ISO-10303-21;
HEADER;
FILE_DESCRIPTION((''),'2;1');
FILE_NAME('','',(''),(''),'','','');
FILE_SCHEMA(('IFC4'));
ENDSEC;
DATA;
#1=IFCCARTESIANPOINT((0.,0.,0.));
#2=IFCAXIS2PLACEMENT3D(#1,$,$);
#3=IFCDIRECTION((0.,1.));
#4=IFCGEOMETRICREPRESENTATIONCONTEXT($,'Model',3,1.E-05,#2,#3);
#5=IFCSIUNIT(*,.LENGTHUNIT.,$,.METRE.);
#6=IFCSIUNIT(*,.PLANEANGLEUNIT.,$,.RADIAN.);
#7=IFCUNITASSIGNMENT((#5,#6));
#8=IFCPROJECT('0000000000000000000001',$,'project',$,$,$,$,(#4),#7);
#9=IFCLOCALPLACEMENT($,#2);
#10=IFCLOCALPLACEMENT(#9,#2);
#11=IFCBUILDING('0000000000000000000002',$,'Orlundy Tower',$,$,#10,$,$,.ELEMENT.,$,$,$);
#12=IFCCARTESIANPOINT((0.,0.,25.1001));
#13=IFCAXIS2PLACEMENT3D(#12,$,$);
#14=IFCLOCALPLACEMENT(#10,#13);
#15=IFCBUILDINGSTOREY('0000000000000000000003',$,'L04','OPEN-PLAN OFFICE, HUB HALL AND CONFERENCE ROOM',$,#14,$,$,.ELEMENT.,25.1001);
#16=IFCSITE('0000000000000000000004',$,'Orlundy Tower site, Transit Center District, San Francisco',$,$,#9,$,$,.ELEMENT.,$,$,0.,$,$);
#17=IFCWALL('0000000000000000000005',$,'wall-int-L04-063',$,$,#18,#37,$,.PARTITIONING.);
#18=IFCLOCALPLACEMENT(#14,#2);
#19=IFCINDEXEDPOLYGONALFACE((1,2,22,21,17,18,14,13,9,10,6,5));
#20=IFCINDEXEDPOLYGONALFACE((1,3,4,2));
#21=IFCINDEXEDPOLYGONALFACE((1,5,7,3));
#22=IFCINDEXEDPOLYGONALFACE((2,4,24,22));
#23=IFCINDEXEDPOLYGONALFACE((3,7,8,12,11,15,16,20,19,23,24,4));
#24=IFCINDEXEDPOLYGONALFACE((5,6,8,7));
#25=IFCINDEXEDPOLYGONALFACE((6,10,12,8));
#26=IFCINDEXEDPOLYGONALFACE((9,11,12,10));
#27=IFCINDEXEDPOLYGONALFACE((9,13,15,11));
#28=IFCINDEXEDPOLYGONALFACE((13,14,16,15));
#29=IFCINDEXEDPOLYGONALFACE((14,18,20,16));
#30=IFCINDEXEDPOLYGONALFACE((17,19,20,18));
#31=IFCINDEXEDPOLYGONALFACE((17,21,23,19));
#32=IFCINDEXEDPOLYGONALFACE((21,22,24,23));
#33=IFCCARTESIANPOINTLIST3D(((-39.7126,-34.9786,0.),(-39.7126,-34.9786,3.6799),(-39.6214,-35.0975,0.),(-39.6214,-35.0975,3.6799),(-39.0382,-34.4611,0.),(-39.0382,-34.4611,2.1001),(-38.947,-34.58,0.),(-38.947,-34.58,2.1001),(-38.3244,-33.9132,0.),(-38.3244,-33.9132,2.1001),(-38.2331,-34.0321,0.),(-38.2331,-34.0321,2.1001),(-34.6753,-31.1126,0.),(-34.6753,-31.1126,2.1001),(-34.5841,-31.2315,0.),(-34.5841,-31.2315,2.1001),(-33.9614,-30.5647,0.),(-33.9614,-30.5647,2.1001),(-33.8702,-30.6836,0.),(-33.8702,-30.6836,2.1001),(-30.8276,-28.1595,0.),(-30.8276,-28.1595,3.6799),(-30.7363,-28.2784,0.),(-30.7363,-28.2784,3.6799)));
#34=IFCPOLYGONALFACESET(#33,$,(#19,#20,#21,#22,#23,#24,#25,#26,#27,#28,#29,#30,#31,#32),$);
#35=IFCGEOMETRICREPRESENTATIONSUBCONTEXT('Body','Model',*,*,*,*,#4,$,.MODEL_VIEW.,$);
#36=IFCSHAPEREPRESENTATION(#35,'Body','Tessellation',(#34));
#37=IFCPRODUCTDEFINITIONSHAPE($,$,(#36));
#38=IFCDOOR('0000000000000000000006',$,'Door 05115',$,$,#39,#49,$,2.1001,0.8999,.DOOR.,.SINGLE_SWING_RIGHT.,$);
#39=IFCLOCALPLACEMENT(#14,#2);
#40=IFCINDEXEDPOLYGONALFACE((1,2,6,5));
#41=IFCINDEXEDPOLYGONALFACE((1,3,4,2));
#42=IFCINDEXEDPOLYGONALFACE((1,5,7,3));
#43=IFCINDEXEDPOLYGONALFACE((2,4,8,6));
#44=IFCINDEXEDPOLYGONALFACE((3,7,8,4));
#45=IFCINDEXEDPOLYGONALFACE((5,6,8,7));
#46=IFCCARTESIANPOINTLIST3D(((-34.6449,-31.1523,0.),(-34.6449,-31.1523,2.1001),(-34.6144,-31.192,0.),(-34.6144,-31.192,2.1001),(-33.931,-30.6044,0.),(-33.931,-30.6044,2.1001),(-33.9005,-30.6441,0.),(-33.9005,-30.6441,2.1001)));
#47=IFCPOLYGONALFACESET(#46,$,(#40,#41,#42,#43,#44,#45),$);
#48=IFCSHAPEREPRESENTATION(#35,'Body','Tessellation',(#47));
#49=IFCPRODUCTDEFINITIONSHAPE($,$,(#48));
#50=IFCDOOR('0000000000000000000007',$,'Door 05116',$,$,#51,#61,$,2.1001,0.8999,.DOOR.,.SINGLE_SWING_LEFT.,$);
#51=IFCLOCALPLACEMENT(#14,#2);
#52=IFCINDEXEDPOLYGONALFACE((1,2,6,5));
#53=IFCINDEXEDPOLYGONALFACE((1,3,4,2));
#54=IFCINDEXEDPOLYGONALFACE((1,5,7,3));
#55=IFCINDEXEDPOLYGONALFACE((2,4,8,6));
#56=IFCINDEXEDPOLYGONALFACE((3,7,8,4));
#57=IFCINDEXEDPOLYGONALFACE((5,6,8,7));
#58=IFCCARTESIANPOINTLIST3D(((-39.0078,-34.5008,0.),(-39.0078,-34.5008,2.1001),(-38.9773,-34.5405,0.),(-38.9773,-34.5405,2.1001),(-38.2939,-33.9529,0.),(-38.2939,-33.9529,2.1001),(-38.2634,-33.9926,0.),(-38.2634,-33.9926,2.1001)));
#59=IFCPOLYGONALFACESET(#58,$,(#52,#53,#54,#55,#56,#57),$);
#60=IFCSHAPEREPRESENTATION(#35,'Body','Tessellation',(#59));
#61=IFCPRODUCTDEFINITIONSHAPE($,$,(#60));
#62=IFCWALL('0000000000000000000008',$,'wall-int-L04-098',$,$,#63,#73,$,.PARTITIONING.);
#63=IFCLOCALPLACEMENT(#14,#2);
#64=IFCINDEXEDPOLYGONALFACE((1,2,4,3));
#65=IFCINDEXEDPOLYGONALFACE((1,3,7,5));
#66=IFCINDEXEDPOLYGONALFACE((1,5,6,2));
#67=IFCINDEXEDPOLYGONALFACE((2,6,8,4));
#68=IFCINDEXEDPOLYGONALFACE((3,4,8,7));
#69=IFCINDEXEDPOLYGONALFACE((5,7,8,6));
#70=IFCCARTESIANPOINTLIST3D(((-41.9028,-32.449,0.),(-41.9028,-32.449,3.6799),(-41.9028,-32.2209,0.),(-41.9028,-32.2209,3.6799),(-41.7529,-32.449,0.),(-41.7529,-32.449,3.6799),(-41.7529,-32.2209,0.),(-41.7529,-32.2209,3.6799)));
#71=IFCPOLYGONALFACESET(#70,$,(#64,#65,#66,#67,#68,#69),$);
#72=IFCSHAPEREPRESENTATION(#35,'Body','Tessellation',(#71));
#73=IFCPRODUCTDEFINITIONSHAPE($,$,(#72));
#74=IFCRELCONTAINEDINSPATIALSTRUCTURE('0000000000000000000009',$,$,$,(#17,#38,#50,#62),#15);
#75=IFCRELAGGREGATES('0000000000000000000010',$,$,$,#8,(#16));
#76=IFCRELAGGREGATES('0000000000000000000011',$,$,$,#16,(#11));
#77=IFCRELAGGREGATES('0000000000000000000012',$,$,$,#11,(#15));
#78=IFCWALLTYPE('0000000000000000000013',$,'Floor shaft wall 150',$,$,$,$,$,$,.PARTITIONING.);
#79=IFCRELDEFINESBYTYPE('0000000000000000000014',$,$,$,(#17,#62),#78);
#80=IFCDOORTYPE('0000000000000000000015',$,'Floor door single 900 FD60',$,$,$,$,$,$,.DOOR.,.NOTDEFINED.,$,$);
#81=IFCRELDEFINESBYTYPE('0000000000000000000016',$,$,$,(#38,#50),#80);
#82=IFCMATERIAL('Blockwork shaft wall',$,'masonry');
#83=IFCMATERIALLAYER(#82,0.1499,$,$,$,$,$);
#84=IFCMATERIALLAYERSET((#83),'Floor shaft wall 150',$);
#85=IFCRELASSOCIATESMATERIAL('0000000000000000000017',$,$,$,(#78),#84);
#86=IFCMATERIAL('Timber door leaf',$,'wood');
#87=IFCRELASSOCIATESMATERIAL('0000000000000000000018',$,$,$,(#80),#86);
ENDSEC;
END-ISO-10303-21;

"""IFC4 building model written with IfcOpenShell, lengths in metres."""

from ifc_helpers import new_model, si_unit, direction, frame, frame_2d, origin, place, context, subcontext, project, spatial, rectangle, extrude, material, layer, layer_set, type_object, element, fill, save


model = new_model("IFC4")

# Units and contexts
model_context = context("Model", 3, precision=1e-05, world=origin(), true_north=direction((0.0, 1.0)))
body_context = subcontext(model_context, "Body", "Model", "MODEL_VIEW")
ifc_project = project(units=[si_unit("LENGTHUNIT", "METRE"), si_unit("PLANEANGLEUNIT", "RADIAN")], contexts=[model_context])

# Site, building, storey
site_placement = place(None, origin())
site = spatial("IfcSite", under=ifc_project, at=site_placement, Name="Orlundy Tower site, Transit Center District, San Francisco", CompositionType="ELEMENT", RefElevation=0.0)
building_placement = place(site_placement, origin())
building = spatial("IfcBuilding", under=site, at=building_placement, Name="Orlundy Tower", CompositionType="ELEMENT")
storey_placement = place(building_placement, frame((0.0, 0.0, 25.1001)))
storey = spatial("IfcBuildingStorey", under=building, at=storey_placement, Name="L04", Description="OPEN-PLAN OFFICE, HUB HALL AND CONFERENCE ROOM", CompositionType="ELEMENT", Elevation=25.1001)

# Shared definitions
ifc_material_1 = material(Name="Blockwork shaft wall", Category="masonry")
ifc_layer_1 = layer(ifc_material_1, 0.1499)
ifc_layer_set_1 = layer_set([ifc_layer_1], Name="Floor shaft wall 150")
wall_type_1 = type_object("IfcWallType", Name="Floor shaft wall 150", PredefinedType="PARTITIONING", material=ifc_layer_set_1)

# Wall, openings, doors
wall_1_placement = place(storey_placement, frame((-39.667, -35.0381, 0.0), z_axis=(0.0, 0.0, 1.0), x_axis=(0.793294, 0.608839, 0.0)))
wall_1 = element("IfcWall", 1, at=wall_1_placement, inside=storey, type_object=wall_type_1, Name="wall-int-L04-063", PredefinedType="PARTITIONING", context=body_context, shape_type="SweptSolid", body=[
    extrude(rectangle(XDim=11.2002, YDim=0.1499, at=frame_2d((5.6001, 0.0))), origin(), (0.0, 0.0, 1.0), 3.6799),
])
opening_1_placement = place(wall_1_placement, frame((6.3499, 0.0, 0.0)))
opening_1 = element("IfcOpeningElement", 2, at=opening_1_placement, cuts=wall_1, PredefinedType="OPENING", context=body_context, shape_type="SweptSolid", body=[
    extrude(rectangle(XDim=0.8999, YDim=2.1001, at=frame_2d((0.45, 1.05))), frame((0.0, 0.085, 0.0), z_axis=(0.0, -1.0, 0.0), x_axis=(1.0, 0.0, 0.0)), (0.0, 0.0, 1.0), 0.1699),
])
opening_2_placement = place(wall_1_placement, frame((0.8501, 0.0, 0.0)))
opening_2 = element("IfcOpeningElement", 3, at=opening_2_placement, cuts=wall_1, PredefinedType="OPENING", context=body_context, shape_type="SweptSolid", body=[
    extrude(rectangle(XDim=0.8999, YDim=2.1001, at=frame_2d((0.45, 1.05))), frame((0.0, 0.085, 0.0), z_axis=(0.0, -1.0, 0.0), x_axis=(1.0, 0.0, 0.0)), (0.0, 0.0, 1.0), 0.1699),
])
ifc_material_2 = material(Name="Timber door leaf", Category="wood")
door_type_1 = type_object("IfcDoorType", Name="Floor door single 900 FD60", OperationType="NOTDEFINED", PredefinedType="DOOR", material=ifc_material_2)
door_1_placement = place(opening_1_placement, origin())
door_1 = element("IfcDoor", 4, at=door_1_placement, inside=storey, type_object=door_type_1, Name="Door 05115", OperationType="SINGLE_SWING_RIGHT", OverallHeight=2.1001, OverallWidth=0.8999, PredefinedType="DOOR", context=body_context, shape_type="SweptSolid", body=[
    extrude(rectangle(XDim=0.8999, YDim=2.1001, at=frame_2d((0.45, 1.05))), frame((0.0, 0.0249, 0.0), z_axis=(0.0, -1.0, 0.0), x_axis=(1.0, 0.0, 0.0)), (0.0, 0.0, 1.0), 0.05),
])
fill(opening_1, door_1)
door_2_placement = place(opening_2_placement, origin())
door_2 = element("IfcDoor", 5, at=door_2_placement, inside=storey, type_object=door_type_1, Name="Door 05116", OperationType="SINGLE_SWING_LEFT", OverallHeight=2.1001, OverallWidth=0.8999, PredefinedType="DOOR", context=body_context, shape_type="SweptSolid", body=[
    extrude(rectangle(XDim=0.8999, YDim=2.1001, at=frame_2d((0.45, 1.05))), frame((0.0, 0.0249, 0.0), z_axis=(0.0, -1.0, 0.0), x_axis=(1.0, 0.0, 0.0)), (0.0, 0.0, 1.0), 0.05),
])
fill(opening_2, door_2)

# Wall
wall_2_placement = place(storey_placement, frame((-41.8279, -32.449, 0.0), z_axis=(0.0, 0.0, 1.0), x_axis=(0.0, 1.0, 0.0)))
element("IfcWall", 6, at=wall_2_placement, inside=storey, type_object=wall_type_1, Name="wall-int-L04-098", PredefinedType="PARTITIONING", context=body_context, shape_type="SweptSolid", body=[
    extrude(rectangle(XDim=0.228, YDim=0.1499, at=frame_2d((0.114, 0.0))), origin(), (0.0, 0.0, 1.0), 3.6799),
])

save(model, "model.ifc")
